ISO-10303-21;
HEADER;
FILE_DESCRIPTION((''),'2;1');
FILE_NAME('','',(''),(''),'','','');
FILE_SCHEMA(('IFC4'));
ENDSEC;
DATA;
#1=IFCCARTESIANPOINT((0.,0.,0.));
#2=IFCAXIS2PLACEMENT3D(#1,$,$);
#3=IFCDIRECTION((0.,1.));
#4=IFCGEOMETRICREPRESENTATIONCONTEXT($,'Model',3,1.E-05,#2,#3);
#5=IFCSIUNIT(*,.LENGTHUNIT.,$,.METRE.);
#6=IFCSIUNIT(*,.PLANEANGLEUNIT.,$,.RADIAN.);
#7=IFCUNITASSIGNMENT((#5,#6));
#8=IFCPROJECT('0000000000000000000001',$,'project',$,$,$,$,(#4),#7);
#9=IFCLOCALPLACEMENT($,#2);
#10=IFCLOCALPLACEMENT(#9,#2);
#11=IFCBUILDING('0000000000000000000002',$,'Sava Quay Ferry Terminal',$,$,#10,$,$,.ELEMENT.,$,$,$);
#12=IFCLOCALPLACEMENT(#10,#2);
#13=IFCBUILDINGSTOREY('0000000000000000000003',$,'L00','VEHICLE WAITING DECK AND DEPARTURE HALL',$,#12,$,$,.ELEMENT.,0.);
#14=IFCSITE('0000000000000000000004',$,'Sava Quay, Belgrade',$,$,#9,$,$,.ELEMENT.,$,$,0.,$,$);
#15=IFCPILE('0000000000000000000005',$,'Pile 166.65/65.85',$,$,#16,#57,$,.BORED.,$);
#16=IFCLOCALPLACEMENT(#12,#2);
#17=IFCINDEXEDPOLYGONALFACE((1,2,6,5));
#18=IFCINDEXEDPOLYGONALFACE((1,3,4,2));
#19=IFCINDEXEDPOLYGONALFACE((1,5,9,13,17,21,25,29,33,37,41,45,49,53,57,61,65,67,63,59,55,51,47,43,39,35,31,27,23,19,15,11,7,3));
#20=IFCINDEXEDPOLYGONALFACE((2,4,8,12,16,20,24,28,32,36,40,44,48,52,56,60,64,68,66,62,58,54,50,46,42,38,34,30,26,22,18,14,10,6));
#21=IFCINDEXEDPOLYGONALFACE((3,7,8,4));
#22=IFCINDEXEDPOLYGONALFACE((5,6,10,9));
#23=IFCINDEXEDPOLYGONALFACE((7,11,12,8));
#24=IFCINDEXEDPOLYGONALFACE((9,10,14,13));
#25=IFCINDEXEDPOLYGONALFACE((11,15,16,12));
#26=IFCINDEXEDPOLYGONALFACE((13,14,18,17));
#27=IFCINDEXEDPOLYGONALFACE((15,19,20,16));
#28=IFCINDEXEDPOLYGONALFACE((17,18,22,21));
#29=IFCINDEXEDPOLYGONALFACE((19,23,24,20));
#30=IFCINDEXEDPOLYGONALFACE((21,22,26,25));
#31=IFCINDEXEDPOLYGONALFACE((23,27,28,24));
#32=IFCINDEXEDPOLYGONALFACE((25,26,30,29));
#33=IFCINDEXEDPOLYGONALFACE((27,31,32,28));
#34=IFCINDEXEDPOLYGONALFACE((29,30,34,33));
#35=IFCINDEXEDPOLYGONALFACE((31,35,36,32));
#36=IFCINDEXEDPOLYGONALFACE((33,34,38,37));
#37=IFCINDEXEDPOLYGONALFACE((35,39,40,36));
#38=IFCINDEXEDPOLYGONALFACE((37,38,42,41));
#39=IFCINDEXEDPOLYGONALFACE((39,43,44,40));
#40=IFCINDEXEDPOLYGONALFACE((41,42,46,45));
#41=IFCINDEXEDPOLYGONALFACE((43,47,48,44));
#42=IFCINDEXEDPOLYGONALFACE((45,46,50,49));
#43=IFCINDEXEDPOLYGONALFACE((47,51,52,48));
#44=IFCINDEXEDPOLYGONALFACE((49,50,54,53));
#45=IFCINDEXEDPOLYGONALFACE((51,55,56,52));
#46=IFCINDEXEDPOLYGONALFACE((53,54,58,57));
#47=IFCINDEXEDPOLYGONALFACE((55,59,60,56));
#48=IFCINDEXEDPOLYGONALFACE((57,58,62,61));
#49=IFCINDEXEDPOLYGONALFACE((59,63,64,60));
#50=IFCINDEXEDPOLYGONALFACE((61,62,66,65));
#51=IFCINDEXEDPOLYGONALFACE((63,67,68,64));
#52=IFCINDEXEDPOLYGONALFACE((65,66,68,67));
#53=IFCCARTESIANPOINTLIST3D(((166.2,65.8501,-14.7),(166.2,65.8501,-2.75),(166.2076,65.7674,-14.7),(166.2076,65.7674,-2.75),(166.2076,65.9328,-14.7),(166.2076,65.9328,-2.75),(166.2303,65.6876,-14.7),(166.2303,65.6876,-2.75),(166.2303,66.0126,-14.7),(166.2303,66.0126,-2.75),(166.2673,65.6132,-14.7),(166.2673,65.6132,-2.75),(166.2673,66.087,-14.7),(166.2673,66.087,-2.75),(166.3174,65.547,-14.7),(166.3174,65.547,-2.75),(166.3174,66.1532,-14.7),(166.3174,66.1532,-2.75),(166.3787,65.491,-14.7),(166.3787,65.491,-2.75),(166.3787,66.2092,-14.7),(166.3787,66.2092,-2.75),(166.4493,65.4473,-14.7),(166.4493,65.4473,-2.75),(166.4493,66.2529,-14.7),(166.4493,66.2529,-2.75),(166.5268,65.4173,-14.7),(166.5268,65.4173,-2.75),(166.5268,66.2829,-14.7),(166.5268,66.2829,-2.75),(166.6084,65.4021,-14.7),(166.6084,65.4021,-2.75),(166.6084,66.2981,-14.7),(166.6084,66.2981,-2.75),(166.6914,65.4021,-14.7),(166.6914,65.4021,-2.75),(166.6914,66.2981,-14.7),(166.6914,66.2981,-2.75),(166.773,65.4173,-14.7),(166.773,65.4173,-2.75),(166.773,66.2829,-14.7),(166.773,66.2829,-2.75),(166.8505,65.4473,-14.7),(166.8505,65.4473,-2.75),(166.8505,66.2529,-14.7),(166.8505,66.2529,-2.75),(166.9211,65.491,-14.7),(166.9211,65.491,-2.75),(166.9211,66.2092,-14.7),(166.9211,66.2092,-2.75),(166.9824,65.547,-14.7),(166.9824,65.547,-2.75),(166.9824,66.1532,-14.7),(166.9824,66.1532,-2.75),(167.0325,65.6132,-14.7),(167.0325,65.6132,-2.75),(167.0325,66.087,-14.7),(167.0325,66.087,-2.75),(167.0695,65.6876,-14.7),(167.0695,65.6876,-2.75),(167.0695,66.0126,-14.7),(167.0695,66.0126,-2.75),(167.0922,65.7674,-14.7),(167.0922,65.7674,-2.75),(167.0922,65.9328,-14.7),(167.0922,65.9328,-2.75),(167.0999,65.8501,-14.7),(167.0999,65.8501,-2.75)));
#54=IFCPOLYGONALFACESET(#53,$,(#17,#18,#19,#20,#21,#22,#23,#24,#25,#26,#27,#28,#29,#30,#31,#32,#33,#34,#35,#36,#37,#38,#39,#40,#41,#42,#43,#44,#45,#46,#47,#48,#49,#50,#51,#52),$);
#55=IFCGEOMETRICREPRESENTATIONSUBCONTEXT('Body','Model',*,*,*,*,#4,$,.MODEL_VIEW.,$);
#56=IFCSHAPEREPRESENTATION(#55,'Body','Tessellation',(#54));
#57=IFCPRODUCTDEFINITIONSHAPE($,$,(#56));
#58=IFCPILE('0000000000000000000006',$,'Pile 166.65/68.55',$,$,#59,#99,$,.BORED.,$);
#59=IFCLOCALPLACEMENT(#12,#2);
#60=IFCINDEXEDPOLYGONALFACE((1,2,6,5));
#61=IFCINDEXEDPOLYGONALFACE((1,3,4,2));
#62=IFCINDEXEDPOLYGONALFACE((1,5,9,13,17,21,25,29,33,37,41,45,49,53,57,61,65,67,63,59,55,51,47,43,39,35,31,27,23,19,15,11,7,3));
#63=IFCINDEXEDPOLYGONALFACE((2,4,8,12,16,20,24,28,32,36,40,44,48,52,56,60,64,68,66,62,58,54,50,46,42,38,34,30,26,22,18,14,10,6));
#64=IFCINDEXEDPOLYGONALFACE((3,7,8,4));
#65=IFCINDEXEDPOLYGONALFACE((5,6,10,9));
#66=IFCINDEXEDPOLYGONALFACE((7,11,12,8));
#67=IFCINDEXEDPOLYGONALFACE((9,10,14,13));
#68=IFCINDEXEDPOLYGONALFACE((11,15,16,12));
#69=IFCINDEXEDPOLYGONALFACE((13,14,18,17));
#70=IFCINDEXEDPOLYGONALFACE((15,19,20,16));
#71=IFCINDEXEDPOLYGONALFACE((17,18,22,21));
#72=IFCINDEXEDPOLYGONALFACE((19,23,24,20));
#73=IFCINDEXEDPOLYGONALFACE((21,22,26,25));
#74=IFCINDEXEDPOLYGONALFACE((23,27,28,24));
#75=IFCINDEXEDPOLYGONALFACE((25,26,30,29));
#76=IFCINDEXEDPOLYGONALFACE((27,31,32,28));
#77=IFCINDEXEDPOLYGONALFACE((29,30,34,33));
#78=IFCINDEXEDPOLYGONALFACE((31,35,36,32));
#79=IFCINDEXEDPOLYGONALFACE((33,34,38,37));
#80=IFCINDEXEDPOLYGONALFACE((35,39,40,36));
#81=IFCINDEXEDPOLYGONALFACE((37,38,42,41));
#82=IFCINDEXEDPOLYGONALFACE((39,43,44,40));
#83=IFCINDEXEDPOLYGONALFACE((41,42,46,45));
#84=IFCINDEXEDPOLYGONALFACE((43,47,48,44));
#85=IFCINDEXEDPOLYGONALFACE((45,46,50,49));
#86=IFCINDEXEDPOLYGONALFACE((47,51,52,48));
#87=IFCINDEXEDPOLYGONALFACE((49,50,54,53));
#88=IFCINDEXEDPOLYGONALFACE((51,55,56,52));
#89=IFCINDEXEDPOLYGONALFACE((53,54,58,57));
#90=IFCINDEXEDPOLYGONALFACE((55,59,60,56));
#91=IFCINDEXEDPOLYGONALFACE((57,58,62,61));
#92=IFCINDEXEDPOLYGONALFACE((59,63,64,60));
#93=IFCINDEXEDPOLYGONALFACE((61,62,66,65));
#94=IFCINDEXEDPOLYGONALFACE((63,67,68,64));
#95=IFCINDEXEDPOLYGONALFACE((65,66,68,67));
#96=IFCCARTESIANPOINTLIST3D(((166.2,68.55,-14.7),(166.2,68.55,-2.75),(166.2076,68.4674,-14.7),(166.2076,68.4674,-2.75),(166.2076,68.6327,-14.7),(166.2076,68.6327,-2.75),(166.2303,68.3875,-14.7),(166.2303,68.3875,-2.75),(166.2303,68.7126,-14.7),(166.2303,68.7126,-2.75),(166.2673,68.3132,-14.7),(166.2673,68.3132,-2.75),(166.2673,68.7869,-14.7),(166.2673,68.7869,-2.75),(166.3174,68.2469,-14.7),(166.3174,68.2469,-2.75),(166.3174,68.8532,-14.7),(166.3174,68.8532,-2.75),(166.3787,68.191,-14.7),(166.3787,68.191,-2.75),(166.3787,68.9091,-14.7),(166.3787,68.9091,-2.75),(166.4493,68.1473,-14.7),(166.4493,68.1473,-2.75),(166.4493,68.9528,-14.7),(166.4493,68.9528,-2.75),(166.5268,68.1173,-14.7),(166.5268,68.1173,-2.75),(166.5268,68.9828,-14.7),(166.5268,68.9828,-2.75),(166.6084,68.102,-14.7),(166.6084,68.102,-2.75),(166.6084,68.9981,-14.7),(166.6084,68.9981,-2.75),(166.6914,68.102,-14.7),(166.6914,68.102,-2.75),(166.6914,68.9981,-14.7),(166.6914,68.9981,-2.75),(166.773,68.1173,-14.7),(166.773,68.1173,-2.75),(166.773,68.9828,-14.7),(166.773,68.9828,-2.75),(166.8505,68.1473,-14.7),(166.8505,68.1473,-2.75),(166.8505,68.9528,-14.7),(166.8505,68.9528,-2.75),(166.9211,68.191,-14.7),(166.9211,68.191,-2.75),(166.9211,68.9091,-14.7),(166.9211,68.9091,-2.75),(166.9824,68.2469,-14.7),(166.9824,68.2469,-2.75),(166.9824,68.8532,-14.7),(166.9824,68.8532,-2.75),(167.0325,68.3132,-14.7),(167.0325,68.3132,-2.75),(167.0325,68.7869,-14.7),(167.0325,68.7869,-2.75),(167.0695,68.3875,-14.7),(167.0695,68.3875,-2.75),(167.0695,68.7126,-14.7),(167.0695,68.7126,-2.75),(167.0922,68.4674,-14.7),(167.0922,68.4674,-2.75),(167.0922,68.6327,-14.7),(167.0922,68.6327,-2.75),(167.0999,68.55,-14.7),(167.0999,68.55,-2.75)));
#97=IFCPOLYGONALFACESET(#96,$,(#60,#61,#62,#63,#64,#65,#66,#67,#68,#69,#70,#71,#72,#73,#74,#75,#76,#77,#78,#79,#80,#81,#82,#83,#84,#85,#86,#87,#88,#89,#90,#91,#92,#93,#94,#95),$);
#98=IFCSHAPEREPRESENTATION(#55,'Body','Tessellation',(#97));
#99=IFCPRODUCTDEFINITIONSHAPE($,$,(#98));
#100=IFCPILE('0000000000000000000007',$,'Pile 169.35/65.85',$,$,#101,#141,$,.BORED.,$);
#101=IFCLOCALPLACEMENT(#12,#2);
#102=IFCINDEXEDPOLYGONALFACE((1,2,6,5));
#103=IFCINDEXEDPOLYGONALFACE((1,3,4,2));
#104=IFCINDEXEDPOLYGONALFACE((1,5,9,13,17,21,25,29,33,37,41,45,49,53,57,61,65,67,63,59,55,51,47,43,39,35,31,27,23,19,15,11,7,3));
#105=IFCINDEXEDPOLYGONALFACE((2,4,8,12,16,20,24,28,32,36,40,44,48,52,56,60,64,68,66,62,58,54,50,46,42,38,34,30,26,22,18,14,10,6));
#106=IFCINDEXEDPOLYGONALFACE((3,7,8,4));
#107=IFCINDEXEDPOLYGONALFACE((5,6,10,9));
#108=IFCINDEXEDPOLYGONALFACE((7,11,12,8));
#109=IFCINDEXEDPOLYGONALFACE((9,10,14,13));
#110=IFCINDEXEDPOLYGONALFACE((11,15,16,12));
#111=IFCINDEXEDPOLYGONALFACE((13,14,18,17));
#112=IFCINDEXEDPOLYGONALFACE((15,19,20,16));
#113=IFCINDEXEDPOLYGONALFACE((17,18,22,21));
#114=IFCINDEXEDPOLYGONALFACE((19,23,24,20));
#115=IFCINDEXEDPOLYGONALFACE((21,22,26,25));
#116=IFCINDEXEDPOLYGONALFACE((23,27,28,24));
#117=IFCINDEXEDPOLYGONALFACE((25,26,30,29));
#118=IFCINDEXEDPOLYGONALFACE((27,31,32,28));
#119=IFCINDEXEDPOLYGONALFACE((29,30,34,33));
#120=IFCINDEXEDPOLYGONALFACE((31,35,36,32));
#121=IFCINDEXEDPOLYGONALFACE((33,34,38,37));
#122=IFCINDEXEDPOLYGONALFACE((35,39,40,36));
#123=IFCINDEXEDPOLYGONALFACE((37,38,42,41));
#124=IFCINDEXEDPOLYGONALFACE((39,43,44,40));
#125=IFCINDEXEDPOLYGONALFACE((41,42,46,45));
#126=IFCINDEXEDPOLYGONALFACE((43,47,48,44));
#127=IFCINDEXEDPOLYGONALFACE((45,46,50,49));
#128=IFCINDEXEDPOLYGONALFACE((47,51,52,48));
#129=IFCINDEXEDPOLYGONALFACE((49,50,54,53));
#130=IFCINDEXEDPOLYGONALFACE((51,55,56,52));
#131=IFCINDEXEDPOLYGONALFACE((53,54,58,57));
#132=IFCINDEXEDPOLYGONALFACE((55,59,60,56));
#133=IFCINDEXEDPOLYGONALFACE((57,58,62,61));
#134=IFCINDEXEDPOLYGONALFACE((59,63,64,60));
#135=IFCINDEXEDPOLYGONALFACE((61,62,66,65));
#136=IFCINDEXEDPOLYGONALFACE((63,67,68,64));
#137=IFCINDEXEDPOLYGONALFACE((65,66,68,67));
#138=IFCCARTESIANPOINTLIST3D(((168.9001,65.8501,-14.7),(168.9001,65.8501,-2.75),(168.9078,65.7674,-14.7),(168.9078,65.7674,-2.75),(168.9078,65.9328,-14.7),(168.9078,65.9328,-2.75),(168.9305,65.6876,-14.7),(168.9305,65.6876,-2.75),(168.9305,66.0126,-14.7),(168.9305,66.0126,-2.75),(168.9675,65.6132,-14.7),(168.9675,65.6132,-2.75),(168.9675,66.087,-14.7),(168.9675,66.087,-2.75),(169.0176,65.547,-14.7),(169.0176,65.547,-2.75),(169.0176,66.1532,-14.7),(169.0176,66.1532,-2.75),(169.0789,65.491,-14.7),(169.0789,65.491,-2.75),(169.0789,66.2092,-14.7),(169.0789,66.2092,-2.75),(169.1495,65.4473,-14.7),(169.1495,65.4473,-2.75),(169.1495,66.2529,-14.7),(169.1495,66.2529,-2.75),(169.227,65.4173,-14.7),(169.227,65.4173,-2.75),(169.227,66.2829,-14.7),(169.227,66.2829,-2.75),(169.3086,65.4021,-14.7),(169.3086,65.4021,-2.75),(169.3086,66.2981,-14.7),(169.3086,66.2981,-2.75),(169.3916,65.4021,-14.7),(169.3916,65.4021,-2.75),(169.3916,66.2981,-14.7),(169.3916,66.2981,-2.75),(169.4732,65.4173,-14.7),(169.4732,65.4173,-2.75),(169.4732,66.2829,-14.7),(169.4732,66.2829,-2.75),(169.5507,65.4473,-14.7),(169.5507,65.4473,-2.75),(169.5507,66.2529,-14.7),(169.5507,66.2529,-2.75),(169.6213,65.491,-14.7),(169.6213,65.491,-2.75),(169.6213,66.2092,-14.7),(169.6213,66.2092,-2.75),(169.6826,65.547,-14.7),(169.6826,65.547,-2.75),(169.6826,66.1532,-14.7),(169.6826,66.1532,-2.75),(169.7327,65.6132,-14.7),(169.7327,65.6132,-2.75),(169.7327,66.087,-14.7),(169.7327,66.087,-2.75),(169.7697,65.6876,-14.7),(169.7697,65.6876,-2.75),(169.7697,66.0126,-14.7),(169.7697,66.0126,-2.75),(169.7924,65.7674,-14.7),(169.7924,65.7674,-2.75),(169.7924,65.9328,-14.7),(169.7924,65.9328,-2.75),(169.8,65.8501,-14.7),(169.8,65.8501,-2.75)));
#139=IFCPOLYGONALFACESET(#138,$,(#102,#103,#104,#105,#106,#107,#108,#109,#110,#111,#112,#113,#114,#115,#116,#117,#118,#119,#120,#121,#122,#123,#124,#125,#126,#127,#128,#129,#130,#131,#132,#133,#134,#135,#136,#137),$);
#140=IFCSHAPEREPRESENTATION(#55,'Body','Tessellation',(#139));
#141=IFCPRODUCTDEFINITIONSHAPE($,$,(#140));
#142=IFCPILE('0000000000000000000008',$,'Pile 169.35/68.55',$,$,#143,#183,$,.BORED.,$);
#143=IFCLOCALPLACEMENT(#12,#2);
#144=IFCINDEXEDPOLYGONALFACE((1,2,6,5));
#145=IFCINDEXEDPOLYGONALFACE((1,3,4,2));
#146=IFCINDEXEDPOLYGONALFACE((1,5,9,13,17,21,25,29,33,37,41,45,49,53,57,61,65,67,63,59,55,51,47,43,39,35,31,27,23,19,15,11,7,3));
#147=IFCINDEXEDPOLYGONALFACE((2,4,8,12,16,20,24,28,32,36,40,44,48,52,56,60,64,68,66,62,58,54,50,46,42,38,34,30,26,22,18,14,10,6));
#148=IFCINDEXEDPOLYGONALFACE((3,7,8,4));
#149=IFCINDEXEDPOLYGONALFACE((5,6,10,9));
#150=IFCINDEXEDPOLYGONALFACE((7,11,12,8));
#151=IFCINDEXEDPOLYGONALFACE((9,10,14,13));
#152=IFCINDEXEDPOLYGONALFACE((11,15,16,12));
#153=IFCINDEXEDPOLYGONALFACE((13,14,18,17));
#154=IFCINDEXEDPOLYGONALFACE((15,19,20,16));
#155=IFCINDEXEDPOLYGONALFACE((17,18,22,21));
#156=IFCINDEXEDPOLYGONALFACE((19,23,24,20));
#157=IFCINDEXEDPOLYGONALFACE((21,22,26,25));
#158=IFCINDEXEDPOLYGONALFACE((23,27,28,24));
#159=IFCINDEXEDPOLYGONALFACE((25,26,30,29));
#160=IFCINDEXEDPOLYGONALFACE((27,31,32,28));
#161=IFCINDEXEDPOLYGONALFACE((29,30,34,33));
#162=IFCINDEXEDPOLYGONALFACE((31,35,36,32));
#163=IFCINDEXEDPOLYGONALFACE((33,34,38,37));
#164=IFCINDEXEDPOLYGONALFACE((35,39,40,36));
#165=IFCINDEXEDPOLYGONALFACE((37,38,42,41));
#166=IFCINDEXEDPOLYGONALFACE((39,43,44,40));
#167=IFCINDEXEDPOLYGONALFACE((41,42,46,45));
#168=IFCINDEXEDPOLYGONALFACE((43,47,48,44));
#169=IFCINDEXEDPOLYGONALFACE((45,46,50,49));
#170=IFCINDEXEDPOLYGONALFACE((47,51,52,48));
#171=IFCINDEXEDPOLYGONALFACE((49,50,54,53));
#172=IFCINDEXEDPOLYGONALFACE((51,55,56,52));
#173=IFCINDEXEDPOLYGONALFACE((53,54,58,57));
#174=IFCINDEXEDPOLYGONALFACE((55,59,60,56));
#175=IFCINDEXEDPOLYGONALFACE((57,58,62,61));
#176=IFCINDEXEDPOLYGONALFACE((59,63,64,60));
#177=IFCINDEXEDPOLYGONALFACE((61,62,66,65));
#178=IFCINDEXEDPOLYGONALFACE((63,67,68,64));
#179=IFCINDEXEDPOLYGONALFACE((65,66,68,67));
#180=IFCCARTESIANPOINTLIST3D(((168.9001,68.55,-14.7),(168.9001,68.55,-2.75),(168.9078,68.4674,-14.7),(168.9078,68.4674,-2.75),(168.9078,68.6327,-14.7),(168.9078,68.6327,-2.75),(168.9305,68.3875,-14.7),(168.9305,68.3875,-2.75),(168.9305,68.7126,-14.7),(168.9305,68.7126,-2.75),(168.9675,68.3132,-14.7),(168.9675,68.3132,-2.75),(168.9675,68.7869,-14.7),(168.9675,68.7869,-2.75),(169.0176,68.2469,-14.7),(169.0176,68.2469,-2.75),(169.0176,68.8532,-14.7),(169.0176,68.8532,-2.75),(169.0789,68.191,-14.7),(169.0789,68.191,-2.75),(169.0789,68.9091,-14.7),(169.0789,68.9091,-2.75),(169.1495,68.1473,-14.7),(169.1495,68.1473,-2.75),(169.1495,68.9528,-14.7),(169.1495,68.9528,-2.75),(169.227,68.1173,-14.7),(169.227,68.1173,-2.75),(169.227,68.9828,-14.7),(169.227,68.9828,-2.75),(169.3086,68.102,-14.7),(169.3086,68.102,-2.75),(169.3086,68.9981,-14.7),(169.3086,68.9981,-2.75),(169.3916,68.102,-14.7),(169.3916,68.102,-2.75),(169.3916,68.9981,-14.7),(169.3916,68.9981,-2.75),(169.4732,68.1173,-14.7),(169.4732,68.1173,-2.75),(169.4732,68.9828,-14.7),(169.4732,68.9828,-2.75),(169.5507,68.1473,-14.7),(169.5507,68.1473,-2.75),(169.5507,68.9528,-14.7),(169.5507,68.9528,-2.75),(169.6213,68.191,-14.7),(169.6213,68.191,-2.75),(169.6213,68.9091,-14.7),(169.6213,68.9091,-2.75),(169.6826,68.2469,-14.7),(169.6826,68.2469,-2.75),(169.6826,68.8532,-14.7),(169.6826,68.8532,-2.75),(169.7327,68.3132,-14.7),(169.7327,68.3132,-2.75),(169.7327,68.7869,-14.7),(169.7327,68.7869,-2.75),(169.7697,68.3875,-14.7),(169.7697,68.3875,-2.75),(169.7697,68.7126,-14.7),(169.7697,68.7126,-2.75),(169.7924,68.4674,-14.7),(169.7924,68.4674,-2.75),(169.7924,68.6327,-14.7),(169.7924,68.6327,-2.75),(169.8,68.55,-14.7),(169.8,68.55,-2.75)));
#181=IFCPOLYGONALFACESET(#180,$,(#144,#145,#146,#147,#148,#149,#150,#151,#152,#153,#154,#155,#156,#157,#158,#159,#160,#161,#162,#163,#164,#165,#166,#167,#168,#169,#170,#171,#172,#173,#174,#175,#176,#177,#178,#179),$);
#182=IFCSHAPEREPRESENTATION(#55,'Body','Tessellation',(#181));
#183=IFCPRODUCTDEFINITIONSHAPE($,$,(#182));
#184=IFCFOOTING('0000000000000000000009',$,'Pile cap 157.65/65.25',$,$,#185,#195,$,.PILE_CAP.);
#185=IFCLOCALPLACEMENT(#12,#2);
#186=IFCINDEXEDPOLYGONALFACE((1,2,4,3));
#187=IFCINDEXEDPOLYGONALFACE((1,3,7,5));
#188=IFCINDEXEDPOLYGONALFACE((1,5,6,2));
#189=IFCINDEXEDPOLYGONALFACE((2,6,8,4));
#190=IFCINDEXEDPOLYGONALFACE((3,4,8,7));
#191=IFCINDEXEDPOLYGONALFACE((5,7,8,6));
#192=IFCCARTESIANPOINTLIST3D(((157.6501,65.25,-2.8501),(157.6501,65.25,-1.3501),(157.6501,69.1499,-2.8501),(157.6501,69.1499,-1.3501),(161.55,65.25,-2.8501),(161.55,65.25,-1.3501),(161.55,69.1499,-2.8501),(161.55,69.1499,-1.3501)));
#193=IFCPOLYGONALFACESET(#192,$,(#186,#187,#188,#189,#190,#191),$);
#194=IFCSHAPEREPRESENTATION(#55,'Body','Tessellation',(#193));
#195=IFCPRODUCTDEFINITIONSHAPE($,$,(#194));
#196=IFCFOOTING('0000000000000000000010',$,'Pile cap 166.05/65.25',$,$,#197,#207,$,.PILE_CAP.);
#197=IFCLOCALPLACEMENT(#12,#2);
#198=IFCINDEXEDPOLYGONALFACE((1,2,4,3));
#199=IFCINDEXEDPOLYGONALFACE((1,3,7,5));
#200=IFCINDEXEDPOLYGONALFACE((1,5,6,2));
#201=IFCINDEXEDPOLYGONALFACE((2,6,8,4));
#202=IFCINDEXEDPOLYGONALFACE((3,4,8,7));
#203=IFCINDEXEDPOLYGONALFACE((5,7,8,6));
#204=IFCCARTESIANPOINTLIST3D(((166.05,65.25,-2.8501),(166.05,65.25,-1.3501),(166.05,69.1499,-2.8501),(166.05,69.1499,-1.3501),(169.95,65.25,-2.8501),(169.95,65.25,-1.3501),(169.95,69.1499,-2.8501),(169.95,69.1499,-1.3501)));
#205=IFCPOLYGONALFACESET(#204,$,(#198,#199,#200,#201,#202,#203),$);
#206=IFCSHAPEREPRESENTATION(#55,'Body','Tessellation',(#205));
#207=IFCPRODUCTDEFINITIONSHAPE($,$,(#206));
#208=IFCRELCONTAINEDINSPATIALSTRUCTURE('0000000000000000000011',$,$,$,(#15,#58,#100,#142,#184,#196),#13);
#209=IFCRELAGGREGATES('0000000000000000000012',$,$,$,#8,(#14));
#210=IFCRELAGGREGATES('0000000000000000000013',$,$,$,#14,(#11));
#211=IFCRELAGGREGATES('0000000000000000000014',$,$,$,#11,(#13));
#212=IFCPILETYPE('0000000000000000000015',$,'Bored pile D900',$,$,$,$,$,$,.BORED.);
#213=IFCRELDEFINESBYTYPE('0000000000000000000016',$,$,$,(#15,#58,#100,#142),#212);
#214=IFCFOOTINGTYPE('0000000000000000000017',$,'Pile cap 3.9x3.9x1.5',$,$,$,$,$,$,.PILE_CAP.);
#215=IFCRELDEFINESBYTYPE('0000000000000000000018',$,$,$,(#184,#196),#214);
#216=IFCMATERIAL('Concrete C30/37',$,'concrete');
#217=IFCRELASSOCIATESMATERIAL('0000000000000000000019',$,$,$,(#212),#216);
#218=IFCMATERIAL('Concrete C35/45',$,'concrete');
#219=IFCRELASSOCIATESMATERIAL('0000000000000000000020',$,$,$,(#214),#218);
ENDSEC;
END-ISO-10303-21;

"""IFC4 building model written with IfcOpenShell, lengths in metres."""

from ifc_helpers import new_model, si_unit, direction, frame, origin, origin_2d, place, context, subcontext, project, spatial, rectangle, circle, extrude, material, material_profile, profile_set, type_object, element, save


model = new_model("IFC4")

# Units and contexts
model_context = context("Model", 3, precision=1e-05, world=origin(), true_north=direction((0.0, 1.0)))
body_context = subcontext(model_context, "Body", "Model", "MODEL_VIEW")
ifc_project = project(units=[si_unit("LENGTHUNIT", "METRE"), si_unit("PLANEANGLEUNIT", "RADIAN")], contexts=[model_context])

# Site, building, storey
site_placement = place(None, origin())
site = spatial("IfcSite", under=ifc_project, at=site_placement, Name="Sava Quay, Belgrade", CompositionType="ELEMENT", RefElevation=0.0)
building_placement = place(site_placement, origin())
building = spatial("IfcBuilding", under=site, at=building_placement, Name="Sava Quay Ferry Terminal", CompositionType="ELEMENT")
storey_placement = place(building_placement, origin())
storey = spatial("IfcBuildingStorey", under=building, at=storey_placement, Name="L00", Description="VEHICLE WAITING DECK AND DEPARTURE HALL", CompositionType="ELEMENT", Elevation=0.0)

# Piles
ifc_material_1 = material(Name="Concrete C30/37", Category="concrete")
ifc_material_profile_1 = material_profile(ifc_material_1, circle(Radius=0.45, at=origin_2d()), Name="Bored pile D900")
ifc_profile_set_1 = profile_set([ifc_material_profile_1], Name="Concrete C30/37")
pile_type = type_object("IfcPileType", Name="Bored pile D900", PredefinedType="BORED", material=ifc_profile_set_1)
for number, where, z_axis, x_axis, name in (
    (1, (166.6499, 65.8501, -2.75), (0.0, 0.0, -1.0), (1.0, 0.0, 0.0), "Pile 166.65/65.85"),
    (2, (166.6499, 68.55, -2.75), (0.0, 0.0, -1.0), (1.0, 0.0, 0.0), "Pile 166.65/68.55"),
    (3, (169.3501, 65.8501, -2.75), (0.0, 0.0, -1.0), (1.0, 0.0, 0.0), "Pile 169.35/65.85"),
    (4, (169.3501, 68.55, -2.75), (0.0, 0.0, -1.0), (1.0, 0.0, 0.0), "Pile 169.35/68.55"),
):
    element("IfcPile", number, at=place(storey_placement, frame(where, z_axis=z_axis, x_axis=x_axis)), inside=storey, type_object=pile_type, Name=name, PredefinedType="BORED", context=body_context, shape_type="SweptSolid", body=[
        extrude(circle(Radius=0.45, at=origin_2d()), origin(), (0.0, 0.0, 1.0), 11.95),
    ])

# Footings
ifc_material_2 = material(Name="Concrete C35/45", Category="concrete")
footing_type = type_object("IfcFootingType", Name="Pile cap 3.9x3.9x1.5", PredefinedType="PILE_CAP", material=ifc_material_2)
for number, where, z_axis, x_axis, name in (
    (5, (159.6001, 67.2, -2.8501), (0.0, 0.0, 1.0), (1.0, 0.0, 0.0), "Pile cap 157.65/65.25"),
    (6, (168.0, 67.2, -2.8501), (0.0, 0.0, 1.0), (1.0, 0.0, 0.0), "Pile cap 166.05/65.25"),
):
    element("IfcFooting", number, at=place(storey_placement, frame(where, z_axis=z_axis, x_axis=x_axis)), inside=storey, type_object=footing_type, Name=name, PredefinedType="PILE_CAP", context=body_context, shape_type="SweptSolid", body=[
        extrude(rectangle(XDim=3.8999, YDim=3.8999, at=origin_2d()), origin(), (0.0, 0.0, 1.0), 1.5),
    ])

save(model, "model.ifc")
